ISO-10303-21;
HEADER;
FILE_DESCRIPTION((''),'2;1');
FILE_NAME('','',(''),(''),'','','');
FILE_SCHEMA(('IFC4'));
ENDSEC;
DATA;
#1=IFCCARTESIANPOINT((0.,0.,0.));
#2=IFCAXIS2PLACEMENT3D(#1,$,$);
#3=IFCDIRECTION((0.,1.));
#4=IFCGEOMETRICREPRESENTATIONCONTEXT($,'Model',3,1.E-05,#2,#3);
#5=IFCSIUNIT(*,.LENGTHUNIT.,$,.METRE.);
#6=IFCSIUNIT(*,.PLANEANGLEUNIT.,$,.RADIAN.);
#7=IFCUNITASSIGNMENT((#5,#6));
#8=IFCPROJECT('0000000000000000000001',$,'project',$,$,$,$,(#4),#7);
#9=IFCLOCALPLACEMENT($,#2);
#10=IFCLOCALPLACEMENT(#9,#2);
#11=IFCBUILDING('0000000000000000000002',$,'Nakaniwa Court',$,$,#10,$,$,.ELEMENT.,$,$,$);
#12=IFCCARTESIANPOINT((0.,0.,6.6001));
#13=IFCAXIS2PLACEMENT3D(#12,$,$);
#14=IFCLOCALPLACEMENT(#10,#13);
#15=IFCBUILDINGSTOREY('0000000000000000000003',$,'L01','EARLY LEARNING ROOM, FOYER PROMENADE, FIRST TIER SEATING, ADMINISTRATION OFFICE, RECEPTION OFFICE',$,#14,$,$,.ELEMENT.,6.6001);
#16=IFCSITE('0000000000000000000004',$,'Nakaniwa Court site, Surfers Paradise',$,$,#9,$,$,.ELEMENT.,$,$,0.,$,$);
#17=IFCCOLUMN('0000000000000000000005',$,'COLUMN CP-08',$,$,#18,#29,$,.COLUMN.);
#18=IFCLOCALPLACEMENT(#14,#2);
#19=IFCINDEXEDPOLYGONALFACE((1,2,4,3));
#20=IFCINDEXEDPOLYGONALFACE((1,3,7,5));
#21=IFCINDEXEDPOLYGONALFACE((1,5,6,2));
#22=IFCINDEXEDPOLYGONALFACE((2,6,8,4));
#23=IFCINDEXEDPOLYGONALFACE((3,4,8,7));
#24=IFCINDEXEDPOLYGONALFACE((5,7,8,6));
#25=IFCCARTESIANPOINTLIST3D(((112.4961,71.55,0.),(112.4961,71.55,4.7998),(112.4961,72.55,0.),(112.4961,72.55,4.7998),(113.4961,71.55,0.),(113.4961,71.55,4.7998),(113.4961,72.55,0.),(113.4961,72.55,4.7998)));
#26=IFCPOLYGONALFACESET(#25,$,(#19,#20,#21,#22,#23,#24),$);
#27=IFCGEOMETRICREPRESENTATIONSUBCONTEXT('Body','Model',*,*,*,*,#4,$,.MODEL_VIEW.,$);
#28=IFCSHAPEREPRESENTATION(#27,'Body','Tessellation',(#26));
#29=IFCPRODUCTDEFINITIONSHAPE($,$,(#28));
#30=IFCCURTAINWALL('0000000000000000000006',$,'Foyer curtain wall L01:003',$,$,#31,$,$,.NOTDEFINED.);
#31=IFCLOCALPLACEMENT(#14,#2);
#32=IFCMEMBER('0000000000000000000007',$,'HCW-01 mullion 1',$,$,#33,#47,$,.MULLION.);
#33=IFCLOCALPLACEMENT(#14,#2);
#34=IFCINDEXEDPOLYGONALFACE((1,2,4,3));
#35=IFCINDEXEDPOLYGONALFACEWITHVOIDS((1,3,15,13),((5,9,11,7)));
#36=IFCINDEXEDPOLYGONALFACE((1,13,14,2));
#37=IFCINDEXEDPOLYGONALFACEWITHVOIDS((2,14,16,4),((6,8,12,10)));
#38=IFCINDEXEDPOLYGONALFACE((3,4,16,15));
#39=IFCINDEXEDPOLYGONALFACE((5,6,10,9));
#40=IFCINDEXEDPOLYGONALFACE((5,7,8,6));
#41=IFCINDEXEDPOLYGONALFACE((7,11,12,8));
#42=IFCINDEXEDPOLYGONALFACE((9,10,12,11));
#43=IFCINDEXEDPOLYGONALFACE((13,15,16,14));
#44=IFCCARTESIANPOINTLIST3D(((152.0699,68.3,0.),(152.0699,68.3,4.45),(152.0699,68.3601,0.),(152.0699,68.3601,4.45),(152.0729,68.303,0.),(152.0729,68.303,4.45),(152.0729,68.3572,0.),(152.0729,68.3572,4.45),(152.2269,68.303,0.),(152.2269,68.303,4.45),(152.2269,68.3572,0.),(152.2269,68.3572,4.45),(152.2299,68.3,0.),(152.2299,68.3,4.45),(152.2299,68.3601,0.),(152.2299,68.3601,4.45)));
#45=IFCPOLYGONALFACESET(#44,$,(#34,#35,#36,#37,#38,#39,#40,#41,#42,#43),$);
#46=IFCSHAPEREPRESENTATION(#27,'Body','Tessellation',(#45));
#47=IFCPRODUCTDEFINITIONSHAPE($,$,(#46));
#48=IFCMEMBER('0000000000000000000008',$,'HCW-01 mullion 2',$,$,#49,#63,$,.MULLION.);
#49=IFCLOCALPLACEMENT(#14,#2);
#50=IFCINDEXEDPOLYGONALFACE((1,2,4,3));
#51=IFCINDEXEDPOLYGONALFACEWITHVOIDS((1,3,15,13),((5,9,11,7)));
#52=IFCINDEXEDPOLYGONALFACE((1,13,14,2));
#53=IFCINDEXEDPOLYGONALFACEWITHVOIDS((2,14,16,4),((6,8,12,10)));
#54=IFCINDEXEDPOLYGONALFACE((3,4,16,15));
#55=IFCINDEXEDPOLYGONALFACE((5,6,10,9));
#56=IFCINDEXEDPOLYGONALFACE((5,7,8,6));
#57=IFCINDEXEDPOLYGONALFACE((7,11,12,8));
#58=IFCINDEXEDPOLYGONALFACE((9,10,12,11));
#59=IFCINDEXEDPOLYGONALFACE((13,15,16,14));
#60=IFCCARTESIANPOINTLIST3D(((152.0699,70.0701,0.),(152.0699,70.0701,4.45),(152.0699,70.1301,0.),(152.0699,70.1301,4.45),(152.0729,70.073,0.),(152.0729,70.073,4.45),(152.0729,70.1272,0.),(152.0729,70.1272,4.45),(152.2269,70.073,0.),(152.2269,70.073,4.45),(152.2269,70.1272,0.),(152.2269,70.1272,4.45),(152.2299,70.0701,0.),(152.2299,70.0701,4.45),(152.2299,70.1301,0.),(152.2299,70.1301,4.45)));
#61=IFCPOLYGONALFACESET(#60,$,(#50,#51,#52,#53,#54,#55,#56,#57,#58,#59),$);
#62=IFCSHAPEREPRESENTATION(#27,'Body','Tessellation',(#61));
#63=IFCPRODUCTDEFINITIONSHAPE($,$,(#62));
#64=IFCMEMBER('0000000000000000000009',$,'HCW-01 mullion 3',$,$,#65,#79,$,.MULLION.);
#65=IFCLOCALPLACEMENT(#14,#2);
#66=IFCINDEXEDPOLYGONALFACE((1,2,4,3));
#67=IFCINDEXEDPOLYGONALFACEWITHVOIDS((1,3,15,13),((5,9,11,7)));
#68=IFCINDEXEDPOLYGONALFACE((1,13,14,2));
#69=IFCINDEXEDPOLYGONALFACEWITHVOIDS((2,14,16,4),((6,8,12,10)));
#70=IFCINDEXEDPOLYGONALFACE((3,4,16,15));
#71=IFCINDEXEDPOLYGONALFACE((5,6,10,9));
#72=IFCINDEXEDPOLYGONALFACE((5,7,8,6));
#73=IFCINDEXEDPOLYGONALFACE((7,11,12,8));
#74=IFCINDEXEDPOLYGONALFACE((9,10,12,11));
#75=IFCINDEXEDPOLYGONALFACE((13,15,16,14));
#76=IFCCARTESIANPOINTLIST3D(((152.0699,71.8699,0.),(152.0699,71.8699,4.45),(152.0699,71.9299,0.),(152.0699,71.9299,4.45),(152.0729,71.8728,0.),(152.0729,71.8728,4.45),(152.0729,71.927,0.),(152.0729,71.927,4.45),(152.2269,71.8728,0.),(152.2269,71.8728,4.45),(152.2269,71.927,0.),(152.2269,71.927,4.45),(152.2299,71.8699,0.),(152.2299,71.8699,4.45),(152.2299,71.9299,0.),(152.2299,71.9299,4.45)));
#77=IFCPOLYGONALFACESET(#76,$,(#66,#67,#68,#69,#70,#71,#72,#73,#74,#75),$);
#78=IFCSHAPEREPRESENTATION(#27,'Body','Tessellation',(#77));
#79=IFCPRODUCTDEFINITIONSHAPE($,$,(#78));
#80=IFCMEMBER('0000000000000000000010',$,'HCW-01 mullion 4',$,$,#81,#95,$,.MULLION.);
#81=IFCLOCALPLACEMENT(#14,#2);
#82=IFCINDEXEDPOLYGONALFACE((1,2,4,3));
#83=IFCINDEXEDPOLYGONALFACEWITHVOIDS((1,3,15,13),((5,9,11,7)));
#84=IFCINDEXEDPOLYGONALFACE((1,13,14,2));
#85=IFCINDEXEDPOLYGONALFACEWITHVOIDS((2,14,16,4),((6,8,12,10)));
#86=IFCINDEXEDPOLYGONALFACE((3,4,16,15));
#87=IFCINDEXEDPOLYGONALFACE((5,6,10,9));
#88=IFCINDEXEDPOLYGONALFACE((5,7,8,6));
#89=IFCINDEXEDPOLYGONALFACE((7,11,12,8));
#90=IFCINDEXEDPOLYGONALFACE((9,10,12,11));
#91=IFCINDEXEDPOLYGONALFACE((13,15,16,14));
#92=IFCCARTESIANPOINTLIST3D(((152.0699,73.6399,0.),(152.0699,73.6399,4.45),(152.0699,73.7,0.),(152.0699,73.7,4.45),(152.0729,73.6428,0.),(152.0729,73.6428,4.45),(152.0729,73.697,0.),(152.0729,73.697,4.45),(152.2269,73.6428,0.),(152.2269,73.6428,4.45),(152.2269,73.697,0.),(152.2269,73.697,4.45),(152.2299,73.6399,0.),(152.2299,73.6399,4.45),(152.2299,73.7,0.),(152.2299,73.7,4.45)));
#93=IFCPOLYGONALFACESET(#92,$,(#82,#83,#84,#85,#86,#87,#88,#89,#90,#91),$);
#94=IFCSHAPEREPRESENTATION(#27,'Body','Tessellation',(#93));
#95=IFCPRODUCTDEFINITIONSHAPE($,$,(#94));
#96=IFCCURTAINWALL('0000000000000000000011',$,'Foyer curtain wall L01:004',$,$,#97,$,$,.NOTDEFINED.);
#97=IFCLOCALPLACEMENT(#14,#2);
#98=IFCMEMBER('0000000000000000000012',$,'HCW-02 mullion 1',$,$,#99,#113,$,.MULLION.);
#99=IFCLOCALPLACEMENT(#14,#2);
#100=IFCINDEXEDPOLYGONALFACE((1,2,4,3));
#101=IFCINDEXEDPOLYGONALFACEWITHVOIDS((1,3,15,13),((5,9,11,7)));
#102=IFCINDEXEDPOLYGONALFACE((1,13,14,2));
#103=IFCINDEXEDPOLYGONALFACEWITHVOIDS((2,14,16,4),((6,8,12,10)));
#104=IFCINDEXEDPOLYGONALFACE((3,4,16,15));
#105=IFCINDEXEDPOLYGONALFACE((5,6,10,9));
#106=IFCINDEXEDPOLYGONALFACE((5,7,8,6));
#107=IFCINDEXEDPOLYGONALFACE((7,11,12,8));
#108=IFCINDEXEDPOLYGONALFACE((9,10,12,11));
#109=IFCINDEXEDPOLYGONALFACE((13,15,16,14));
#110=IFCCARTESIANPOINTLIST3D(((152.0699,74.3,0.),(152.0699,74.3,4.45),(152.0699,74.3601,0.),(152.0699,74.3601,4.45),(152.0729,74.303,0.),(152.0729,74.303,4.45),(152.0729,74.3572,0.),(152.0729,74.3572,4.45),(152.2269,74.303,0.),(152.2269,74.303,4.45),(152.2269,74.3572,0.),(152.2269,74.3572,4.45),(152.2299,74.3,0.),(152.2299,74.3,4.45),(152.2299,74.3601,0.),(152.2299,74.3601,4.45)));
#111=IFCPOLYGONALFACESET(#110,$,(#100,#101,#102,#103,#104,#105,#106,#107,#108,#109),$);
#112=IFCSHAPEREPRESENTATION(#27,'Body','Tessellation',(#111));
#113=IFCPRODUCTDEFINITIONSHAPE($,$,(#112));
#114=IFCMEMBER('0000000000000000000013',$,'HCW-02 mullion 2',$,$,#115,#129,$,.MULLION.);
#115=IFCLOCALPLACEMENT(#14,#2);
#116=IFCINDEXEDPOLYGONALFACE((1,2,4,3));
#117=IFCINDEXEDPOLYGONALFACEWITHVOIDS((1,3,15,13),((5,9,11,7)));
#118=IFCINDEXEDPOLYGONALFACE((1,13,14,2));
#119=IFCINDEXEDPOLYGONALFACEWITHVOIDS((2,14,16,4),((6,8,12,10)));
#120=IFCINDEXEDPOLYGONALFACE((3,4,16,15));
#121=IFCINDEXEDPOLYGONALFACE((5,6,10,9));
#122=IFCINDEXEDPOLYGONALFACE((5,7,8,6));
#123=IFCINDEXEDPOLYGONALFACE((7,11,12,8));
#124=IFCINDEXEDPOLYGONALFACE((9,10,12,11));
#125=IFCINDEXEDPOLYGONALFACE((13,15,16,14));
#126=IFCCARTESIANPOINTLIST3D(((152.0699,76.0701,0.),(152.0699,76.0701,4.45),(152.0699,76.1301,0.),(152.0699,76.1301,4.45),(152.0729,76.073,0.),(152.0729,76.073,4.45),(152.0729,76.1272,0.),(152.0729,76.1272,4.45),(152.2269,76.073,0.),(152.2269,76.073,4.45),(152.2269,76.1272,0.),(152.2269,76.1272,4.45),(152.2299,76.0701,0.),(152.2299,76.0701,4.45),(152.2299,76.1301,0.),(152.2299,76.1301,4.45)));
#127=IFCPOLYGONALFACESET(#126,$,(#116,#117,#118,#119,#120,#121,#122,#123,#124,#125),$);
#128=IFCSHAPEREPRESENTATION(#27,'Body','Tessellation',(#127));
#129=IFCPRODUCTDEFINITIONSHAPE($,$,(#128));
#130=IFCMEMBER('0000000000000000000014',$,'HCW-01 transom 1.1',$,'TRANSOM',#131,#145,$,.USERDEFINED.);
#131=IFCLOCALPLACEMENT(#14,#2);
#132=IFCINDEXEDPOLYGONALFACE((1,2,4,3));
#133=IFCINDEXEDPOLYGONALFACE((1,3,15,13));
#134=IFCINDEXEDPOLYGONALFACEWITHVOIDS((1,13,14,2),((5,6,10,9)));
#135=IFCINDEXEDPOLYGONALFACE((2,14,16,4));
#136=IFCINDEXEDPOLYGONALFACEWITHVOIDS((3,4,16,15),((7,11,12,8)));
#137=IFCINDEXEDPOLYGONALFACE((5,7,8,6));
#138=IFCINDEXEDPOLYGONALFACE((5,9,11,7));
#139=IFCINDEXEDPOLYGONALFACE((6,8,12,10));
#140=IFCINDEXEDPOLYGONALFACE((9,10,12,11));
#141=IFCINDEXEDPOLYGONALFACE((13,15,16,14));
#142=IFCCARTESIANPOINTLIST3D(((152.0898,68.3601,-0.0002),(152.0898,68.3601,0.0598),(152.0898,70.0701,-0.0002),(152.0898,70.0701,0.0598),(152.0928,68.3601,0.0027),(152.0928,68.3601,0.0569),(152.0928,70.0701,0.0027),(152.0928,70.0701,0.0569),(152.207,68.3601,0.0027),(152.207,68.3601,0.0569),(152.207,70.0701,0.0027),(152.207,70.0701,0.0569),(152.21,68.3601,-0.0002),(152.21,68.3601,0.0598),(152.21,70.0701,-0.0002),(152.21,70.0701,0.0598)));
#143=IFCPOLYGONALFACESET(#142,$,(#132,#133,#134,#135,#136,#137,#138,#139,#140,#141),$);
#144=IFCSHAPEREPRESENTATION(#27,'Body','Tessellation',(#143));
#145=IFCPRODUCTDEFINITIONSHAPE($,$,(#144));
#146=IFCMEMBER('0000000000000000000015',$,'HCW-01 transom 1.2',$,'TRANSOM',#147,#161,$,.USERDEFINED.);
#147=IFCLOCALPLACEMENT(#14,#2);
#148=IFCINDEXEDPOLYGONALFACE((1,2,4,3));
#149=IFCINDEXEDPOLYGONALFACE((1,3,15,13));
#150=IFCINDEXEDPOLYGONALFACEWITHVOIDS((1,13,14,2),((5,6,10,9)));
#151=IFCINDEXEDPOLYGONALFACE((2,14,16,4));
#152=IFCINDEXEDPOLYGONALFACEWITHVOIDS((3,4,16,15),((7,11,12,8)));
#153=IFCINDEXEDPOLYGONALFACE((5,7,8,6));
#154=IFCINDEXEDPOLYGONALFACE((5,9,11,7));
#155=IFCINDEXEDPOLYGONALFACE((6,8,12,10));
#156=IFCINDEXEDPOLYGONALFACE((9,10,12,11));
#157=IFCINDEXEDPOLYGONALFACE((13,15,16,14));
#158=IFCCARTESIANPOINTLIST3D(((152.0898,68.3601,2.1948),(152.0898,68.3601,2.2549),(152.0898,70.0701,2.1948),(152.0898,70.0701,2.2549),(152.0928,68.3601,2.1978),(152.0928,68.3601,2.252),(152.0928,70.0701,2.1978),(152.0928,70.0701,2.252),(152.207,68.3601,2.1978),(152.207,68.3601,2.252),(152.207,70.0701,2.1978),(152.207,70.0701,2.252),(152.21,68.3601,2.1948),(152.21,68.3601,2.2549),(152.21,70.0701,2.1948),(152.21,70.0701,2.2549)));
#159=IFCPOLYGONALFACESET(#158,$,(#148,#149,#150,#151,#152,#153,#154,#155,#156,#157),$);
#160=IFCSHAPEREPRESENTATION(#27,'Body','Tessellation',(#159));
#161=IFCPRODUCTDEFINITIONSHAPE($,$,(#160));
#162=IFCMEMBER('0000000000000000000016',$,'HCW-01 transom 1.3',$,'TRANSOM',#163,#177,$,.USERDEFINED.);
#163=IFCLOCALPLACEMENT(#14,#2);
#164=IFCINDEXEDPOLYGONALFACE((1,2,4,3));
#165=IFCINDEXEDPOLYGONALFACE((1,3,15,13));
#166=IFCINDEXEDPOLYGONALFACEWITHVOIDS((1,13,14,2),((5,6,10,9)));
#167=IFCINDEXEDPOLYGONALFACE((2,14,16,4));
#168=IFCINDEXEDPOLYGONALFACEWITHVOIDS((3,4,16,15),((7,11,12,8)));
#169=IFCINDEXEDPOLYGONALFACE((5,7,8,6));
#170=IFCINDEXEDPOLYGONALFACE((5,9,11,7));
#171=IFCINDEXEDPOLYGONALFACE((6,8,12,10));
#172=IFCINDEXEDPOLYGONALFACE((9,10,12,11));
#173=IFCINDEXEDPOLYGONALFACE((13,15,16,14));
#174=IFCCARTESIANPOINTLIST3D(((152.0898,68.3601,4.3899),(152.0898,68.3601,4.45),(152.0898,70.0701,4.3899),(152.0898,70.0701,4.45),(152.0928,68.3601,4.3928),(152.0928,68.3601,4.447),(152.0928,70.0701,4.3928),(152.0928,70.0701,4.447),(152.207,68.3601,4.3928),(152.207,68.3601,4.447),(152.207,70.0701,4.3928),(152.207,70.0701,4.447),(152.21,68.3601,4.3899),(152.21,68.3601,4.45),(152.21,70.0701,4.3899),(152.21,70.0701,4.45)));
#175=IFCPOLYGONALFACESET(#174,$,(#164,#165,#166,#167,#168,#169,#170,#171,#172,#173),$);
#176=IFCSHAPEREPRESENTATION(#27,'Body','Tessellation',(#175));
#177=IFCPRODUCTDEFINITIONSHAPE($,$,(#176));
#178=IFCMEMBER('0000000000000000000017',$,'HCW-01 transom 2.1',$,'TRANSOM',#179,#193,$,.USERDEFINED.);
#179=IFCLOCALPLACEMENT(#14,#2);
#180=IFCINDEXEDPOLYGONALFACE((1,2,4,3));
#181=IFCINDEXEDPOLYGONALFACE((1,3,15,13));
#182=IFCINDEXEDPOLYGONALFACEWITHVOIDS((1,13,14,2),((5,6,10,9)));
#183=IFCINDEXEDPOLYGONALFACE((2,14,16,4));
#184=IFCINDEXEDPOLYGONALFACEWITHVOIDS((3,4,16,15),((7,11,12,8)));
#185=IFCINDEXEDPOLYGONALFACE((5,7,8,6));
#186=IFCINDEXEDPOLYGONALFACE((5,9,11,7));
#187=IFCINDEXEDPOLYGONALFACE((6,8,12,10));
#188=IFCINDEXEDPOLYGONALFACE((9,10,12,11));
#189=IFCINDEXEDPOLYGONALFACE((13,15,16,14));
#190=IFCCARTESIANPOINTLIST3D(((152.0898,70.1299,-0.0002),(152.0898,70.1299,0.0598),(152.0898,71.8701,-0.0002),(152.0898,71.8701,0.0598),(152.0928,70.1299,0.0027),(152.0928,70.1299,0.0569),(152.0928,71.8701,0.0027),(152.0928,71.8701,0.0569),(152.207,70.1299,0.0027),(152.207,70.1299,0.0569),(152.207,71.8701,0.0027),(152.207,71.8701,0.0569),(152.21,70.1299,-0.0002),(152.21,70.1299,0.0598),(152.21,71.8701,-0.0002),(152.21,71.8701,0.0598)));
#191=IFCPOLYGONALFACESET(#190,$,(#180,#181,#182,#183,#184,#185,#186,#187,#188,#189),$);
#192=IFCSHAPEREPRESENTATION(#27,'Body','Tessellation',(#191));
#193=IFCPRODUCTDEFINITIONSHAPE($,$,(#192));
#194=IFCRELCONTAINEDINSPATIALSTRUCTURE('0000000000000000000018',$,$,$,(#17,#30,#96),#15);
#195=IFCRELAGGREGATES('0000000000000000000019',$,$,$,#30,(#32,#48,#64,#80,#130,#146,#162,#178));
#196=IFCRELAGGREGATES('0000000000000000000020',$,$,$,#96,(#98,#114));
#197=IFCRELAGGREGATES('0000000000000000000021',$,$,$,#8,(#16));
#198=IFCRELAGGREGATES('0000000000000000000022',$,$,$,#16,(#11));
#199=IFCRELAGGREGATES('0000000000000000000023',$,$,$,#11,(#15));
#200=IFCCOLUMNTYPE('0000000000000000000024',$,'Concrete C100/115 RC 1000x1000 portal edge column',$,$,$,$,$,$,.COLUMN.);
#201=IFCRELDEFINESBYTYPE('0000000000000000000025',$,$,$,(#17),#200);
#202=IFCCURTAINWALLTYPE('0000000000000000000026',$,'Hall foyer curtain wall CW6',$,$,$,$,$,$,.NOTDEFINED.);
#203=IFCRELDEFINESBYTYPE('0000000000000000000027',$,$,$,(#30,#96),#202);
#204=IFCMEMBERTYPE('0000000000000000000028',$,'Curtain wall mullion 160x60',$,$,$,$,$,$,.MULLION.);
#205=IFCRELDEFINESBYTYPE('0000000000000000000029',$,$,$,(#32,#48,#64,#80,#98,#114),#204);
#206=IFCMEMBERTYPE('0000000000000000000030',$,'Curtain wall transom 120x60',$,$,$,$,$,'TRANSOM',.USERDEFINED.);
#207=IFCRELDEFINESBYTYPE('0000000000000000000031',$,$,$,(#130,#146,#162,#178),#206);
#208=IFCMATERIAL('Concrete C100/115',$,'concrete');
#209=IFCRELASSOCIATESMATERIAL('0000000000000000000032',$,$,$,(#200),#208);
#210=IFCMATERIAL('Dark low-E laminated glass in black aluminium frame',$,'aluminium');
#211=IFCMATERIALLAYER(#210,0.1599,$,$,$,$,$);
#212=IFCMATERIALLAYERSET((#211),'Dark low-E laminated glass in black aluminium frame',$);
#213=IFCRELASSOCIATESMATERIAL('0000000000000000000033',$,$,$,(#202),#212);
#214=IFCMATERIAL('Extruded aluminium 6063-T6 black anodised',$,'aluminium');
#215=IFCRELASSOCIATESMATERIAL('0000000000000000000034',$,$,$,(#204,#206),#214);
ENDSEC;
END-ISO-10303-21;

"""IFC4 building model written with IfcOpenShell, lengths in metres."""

from ifc_helpers import new_model, si_unit, direction, frame, origin, origin_2d, place, context, subcontext, project, spatial, rectangle, hollow_rectangle, extrude, material, layer, layer_set, material_profile, profile_set, type_object, element, aggregate, save


model = new_model("IFC4")

# Units and contexts
model_context = context("Model", 3, precision=1e-05, world=origin(), true_north=direction((0.0, 1.0)))
body_context = subcontext(model_context, "Body", "Model", "MODEL_VIEW")
ifc_project = project(units=[si_unit("LENGTHUNIT", "METRE"), si_unit("PLANEANGLEUNIT", "RADIAN")], contexts=[model_context])

# Site, building, storey
site_placement = place(None, origin())
site = spatial("IfcSite", under=ifc_project, at=site_placement, Name="Nakaniwa Court site, Surfers Paradise", CompositionType="ELEMENT", RefElevation=0.0)
building_placement = place(site_placement, origin())
building = spatial("IfcBuilding", under=site, at=building_placement, Name="Nakaniwa Court", CompositionType="ELEMENT")
storey_placement = place(building_placement, frame((0.0, 0.0, 6.6001)))
storey = spatial("IfcBuildingStorey", under=building, at=storey_placement, Name="L01", Description="EARLY LEARNING ROOM, FOYER PROMENADE, FIRST TIER SEATING, ADMINISTRATION OFFICE, RECEPTION OFFICE", CompositionType="ELEMENT", Elevation=6.6001)

# Column
ifc_material_1 = material(Name="Concrete C100/115", Category="concrete")
ifc_material_profile_1 = material_profile(ifc_material_1, rectangle(XDim=1.0, YDim=1.0, at=origin_2d()), Name="Concrete C100/115 RC 1000x1000 portal edge column")
ifc_profile_set_1 = profile_set([ifc_material_profile_1], Name="Concrete C100/115")
column_type = type_object("IfcColumnType", Name="Concrete C100/115 RC 1000x1000 portal edge column", PredefinedType="COLUMN", material=ifc_profile_set_1)
column_placement = place(storey_placement, frame((112.9961, 72.05, 0.0), z_axis=(0.0, 0.0, 1.0), x_axis=(1.0, 0.0, 0.0)))
element("IfcColumn", 1, at=column_placement, inside=storey, type_object=column_type, Name="COLUMN CP-08", PredefinedType="COLUMN", context=body_context, shape_type="SweptSolid", body=[
    extrude(rectangle(XDim=1.0, YDim=1.0, at=origin_2d()), origin(), (0.0, 0.0, 1.0), 4.7998),
])

# Curtain walls, members
ifc_material_2 = material(Name="Dark low-E laminated glass in black aluminium frame", Category="aluminium")
ifc_layer_1 = layer(ifc_material_2, 0.1599)
ifc_layer_set_1 = layer_set([ifc_layer_1], Name="Dark low-E laminated glass in black aluminium frame")
curtain_wall_type = type_object("IfcCurtainWallType", Name="Hall foyer curtain wall CW6", PredefinedType="NOTDEFINED", material=ifc_layer_set_1)
curtain_wall_1_placement = place(storey_placement, origin())
curtain_wall_1 = element("IfcCurtainWall", 2, at=curtain_wall_1_placement, inside=storey, type_object=curtain_wall_type, Name="Foyer curtain wall L01:003", PredefinedType="NOTDEFINED")
ifc_material_3 = material(Name="Extruded aluminium 6063-T6 black anodised", Category="aluminium")
ifc_material_profile_2 = material_profile(ifc_material_3, hollow_rectangle(XDim=0.1599, YDim=0.0601, WallThickness=0.0029, at=origin_2d()), Name="CW mullion 160x60")
ifc_profile_set_2 = profile_set([ifc_material_profile_2], Name="Extruded aluminium 6063-T6 black anodised")
member_type_1 = type_object("IfcMemberType", Name="Curtain wall mullion 160x60", PredefinedType="MULLION", material=ifc_profile_set_2)
member_1_placement = place(storey_placement, frame((152.1499, 68.3301, 0.0), z_axis=(0.0, 0.0, 1.0), x_axis=(-1.0, 0.0, 0.0)))
member_1 = element("IfcMember", 3, at=member_1_placement, type_object=member_type_1, Name="HCW-01 mullion 1", PredefinedType="MULLION", context=body_context, shape_type="SweptSolid", body=[
    extrude(hollow_rectangle(XDim=0.1599, YDim=0.0601, WallThickness=0.0029, at=origin_2d()), origin(), (0.0, 0.0, 1.0), 4.45),
])
member_2_placement = place(storey_placement, frame((152.1499, 70.1001, 0.0), z_axis=(0.0, 0.0, 1.0), x_axis=(-1.0, 0.0, 0.0)))
member_2 = element("IfcMember", 4, at=member_2_placement, type_object=member_type_1, Name="HCW-01 mullion 2", PredefinedType="MULLION", context=body_context, shape_type="SweptSolid", body=[
    extrude(hollow_rectangle(XDim=0.1599, YDim=0.0601, WallThickness=0.0029, at=origin_2d()), origin(), (0.0, 0.0, 1.0), 4.45),
])
member_3_placement = place(storey_placement, frame((152.1499, 71.8999, 0.0), z_axis=(0.0, 0.0, 1.0), x_axis=(-1.0, 0.0, 0.0)))
member_3 = element("IfcMember", 5, at=member_3_placement, type_object=member_type_1, Name="HCW-01 mullion 3", PredefinedType="MULLION", context=body_context, shape_type="SweptSolid", body=[
    extrude(hollow_rectangle(XDim=0.1599, YDim=0.0601, WallThickness=0.0029, at=origin_2d()), origin(), (0.0, 0.0, 1.0), 4.45),
])
member_4_placement = place(storey_placement, frame((152.1499, 73.6699, 0.0), z_axis=(0.0, 0.0, 1.0), x_axis=(-1.0, 0.0, 0.0)))
member_4 = element("IfcMember", 6, at=member_4_placement, type_object=member_type_1, Name="HCW-01 mullion 4", PredefinedType="MULLION", context=body_context, shape_type="SweptSolid", body=[
    extrude(hollow_rectangle(XDim=0.1599, YDim=0.0601, WallThickness=0.0029, at=origin_2d()), origin(), (0.0, 0.0, 1.0), 4.45),
])
curtain_wall_2_placement = place(storey_placement, origin())
curtain_wall_2 = element("IfcCurtainWall", 7, at=curtain_wall_2_placement, inside=storey, type_object=curtain_wall_type, Name="Foyer curtain wall L01:004", PredefinedType="NOTDEFINED")
member_5_placement = place(storey_placement, frame((152.1499, 74.3301, 0.0), z_axis=(0.0, 0.0, 1.0), x_axis=(-1.0, 0.0, 0.0)))
member_5 = element("IfcMember", 8, at=member_5_placement, type_object=member_type_1, Name="HCW-02 mullion 1", PredefinedType="MULLION", context=body_context, shape_type="SweptSolid", body=[
    extrude(hollow_rectangle(XDim=0.1599, YDim=0.0601, WallThickness=0.0029, at=origin_2d()), origin(), (0.0, 0.0, 1.0), 4.45),
])
member_6_placement = place(storey_placement, frame((152.1499, 76.1001, 0.0), z_axis=(0.0, 0.0, 1.0), x_axis=(-1.0, 0.0, 0.0)))
member_6 = element("IfcMember", 9, at=member_6_placement, type_object=member_type_1, Name="HCW-02 mullion 2", PredefinedType="MULLION", context=body_context, shape_type="SweptSolid", body=[
    extrude(hollow_rectangle(XDim=0.1599, YDim=0.0601, WallThickness=0.0029, at=origin_2d()), origin(), (0.0, 0.0, 1.0), 4.45),
])

# Members
ifc_material_profile_3 = material_profile(ifc_material_3, hollow_rectangle(XDim=0.1201, YDim=0.0601, WallThickness=0.0029, at=origin_2d()), Name="CW transom 120x60")
ifc_profile_set_3 = profile_set([ifc_material_profile_3], Name="Extruded aluminium 6063-T6 black anodised")
member_type_2 = type_object("IfcMemberType", Name="Curtain wall transom 120x60", ElementType="TRANSOM", PredefinedType="USERDEFINED", material=ifc_profile_set_3)
member_7_placement = place(storey_placement, frame((152.1499, 68.3601, 0.0298), z_axis=(0.0, 1.0, 0.0), x_axis=(-1.0, 0.0, 0.0)))
member_7 = element("IfcMember", 10, at=member_7_placement, type_object=member_type_2, Name="HCW-01 transom 1.1", ObjectType="TRANSOM", PredefinedType="USERDEFINED", context=body_context, shape_type="SweptSolid", body=[
    extrude(hollow_rectangle(XDim=0.1201, YDim=0.0601, WallThickness=0.0029, at=origin_2d()), origin(), (0.0, 0.0, 1.0), 1.71),
])
member_8_placement = place(storey_placement, frame((152.1499, 68.3601, 2.2249), z_axis=(0.0, 1.0, 0.0), x_axis=(-1.0, 0.0, 0.0)))
member_8 = element("IfcMember", 11, at=member_8_placement, type_object=member_type_2, Name="HCW-01 transom 1.2", ObjectType="TRANSOM", PredefinedType="USERDEFINED", context=body_context, shape_type="SweptSolid", body=[
    extrude(hollow_rectangle(XDim=0.1201, YDim=0.0601, WallThickness=0.0029, at=origin_2d()), origin(), (0.0, 0.0, 1.0), 1.71),
])
member_9_placement = place(storey_placement, frame((152.1499, 68.3601, 4.4199), z_axis=(0.0, 1.0, 0.0), x_axis=(-1.0, 0.0, 0.0)))
member_9 = element("IfcMember", 12, at=member_9_placement, type_object=member_type_2, Name="HCW-01 transom 1.3", ObjectType="TRANSOM", PredefinedType="USERDEFINED", context=body_context, shape_type="SweptSolid", body=[
    extrude(hollow_rectangle(XDim=0.1201, YDim=0.0601, WallThickness=0.0029, at=origin_2d()), origin(), (0.0, 0.0, 1.0), 1.71),
])
member_10_placement = place(storey_placement, frame((152.1499, 70.1299, 0.0298), z_axis=(0.0, 1.0, 0.0), x_axis=(-1.0, 0.0, 0.0)))
member_10 = element("IfcMember", 13, at=member_10_placement, type_object=member_type_2, Name="HCW-01 transom 2.1", ObjectType="TRANSOM", PredefinedType="USERDEFINED", context=body_context, shape_type="SweptSolid", body=[
    extrude(hollow_rectangle(XDim=0.1201, YDim=0.0601, WallThickness=0.0029, at=origin_2d()), origin(), (0.0, 0.0, 1.0), 1.7402),
])

aggregate(curtain_wall_1, [member_1, member_2, member_3, member_4, member_7, member_8, member_9, member_10])
aggregate(curtain_wall_2, [member_5, member_6])

save(model, "model.ifc")
